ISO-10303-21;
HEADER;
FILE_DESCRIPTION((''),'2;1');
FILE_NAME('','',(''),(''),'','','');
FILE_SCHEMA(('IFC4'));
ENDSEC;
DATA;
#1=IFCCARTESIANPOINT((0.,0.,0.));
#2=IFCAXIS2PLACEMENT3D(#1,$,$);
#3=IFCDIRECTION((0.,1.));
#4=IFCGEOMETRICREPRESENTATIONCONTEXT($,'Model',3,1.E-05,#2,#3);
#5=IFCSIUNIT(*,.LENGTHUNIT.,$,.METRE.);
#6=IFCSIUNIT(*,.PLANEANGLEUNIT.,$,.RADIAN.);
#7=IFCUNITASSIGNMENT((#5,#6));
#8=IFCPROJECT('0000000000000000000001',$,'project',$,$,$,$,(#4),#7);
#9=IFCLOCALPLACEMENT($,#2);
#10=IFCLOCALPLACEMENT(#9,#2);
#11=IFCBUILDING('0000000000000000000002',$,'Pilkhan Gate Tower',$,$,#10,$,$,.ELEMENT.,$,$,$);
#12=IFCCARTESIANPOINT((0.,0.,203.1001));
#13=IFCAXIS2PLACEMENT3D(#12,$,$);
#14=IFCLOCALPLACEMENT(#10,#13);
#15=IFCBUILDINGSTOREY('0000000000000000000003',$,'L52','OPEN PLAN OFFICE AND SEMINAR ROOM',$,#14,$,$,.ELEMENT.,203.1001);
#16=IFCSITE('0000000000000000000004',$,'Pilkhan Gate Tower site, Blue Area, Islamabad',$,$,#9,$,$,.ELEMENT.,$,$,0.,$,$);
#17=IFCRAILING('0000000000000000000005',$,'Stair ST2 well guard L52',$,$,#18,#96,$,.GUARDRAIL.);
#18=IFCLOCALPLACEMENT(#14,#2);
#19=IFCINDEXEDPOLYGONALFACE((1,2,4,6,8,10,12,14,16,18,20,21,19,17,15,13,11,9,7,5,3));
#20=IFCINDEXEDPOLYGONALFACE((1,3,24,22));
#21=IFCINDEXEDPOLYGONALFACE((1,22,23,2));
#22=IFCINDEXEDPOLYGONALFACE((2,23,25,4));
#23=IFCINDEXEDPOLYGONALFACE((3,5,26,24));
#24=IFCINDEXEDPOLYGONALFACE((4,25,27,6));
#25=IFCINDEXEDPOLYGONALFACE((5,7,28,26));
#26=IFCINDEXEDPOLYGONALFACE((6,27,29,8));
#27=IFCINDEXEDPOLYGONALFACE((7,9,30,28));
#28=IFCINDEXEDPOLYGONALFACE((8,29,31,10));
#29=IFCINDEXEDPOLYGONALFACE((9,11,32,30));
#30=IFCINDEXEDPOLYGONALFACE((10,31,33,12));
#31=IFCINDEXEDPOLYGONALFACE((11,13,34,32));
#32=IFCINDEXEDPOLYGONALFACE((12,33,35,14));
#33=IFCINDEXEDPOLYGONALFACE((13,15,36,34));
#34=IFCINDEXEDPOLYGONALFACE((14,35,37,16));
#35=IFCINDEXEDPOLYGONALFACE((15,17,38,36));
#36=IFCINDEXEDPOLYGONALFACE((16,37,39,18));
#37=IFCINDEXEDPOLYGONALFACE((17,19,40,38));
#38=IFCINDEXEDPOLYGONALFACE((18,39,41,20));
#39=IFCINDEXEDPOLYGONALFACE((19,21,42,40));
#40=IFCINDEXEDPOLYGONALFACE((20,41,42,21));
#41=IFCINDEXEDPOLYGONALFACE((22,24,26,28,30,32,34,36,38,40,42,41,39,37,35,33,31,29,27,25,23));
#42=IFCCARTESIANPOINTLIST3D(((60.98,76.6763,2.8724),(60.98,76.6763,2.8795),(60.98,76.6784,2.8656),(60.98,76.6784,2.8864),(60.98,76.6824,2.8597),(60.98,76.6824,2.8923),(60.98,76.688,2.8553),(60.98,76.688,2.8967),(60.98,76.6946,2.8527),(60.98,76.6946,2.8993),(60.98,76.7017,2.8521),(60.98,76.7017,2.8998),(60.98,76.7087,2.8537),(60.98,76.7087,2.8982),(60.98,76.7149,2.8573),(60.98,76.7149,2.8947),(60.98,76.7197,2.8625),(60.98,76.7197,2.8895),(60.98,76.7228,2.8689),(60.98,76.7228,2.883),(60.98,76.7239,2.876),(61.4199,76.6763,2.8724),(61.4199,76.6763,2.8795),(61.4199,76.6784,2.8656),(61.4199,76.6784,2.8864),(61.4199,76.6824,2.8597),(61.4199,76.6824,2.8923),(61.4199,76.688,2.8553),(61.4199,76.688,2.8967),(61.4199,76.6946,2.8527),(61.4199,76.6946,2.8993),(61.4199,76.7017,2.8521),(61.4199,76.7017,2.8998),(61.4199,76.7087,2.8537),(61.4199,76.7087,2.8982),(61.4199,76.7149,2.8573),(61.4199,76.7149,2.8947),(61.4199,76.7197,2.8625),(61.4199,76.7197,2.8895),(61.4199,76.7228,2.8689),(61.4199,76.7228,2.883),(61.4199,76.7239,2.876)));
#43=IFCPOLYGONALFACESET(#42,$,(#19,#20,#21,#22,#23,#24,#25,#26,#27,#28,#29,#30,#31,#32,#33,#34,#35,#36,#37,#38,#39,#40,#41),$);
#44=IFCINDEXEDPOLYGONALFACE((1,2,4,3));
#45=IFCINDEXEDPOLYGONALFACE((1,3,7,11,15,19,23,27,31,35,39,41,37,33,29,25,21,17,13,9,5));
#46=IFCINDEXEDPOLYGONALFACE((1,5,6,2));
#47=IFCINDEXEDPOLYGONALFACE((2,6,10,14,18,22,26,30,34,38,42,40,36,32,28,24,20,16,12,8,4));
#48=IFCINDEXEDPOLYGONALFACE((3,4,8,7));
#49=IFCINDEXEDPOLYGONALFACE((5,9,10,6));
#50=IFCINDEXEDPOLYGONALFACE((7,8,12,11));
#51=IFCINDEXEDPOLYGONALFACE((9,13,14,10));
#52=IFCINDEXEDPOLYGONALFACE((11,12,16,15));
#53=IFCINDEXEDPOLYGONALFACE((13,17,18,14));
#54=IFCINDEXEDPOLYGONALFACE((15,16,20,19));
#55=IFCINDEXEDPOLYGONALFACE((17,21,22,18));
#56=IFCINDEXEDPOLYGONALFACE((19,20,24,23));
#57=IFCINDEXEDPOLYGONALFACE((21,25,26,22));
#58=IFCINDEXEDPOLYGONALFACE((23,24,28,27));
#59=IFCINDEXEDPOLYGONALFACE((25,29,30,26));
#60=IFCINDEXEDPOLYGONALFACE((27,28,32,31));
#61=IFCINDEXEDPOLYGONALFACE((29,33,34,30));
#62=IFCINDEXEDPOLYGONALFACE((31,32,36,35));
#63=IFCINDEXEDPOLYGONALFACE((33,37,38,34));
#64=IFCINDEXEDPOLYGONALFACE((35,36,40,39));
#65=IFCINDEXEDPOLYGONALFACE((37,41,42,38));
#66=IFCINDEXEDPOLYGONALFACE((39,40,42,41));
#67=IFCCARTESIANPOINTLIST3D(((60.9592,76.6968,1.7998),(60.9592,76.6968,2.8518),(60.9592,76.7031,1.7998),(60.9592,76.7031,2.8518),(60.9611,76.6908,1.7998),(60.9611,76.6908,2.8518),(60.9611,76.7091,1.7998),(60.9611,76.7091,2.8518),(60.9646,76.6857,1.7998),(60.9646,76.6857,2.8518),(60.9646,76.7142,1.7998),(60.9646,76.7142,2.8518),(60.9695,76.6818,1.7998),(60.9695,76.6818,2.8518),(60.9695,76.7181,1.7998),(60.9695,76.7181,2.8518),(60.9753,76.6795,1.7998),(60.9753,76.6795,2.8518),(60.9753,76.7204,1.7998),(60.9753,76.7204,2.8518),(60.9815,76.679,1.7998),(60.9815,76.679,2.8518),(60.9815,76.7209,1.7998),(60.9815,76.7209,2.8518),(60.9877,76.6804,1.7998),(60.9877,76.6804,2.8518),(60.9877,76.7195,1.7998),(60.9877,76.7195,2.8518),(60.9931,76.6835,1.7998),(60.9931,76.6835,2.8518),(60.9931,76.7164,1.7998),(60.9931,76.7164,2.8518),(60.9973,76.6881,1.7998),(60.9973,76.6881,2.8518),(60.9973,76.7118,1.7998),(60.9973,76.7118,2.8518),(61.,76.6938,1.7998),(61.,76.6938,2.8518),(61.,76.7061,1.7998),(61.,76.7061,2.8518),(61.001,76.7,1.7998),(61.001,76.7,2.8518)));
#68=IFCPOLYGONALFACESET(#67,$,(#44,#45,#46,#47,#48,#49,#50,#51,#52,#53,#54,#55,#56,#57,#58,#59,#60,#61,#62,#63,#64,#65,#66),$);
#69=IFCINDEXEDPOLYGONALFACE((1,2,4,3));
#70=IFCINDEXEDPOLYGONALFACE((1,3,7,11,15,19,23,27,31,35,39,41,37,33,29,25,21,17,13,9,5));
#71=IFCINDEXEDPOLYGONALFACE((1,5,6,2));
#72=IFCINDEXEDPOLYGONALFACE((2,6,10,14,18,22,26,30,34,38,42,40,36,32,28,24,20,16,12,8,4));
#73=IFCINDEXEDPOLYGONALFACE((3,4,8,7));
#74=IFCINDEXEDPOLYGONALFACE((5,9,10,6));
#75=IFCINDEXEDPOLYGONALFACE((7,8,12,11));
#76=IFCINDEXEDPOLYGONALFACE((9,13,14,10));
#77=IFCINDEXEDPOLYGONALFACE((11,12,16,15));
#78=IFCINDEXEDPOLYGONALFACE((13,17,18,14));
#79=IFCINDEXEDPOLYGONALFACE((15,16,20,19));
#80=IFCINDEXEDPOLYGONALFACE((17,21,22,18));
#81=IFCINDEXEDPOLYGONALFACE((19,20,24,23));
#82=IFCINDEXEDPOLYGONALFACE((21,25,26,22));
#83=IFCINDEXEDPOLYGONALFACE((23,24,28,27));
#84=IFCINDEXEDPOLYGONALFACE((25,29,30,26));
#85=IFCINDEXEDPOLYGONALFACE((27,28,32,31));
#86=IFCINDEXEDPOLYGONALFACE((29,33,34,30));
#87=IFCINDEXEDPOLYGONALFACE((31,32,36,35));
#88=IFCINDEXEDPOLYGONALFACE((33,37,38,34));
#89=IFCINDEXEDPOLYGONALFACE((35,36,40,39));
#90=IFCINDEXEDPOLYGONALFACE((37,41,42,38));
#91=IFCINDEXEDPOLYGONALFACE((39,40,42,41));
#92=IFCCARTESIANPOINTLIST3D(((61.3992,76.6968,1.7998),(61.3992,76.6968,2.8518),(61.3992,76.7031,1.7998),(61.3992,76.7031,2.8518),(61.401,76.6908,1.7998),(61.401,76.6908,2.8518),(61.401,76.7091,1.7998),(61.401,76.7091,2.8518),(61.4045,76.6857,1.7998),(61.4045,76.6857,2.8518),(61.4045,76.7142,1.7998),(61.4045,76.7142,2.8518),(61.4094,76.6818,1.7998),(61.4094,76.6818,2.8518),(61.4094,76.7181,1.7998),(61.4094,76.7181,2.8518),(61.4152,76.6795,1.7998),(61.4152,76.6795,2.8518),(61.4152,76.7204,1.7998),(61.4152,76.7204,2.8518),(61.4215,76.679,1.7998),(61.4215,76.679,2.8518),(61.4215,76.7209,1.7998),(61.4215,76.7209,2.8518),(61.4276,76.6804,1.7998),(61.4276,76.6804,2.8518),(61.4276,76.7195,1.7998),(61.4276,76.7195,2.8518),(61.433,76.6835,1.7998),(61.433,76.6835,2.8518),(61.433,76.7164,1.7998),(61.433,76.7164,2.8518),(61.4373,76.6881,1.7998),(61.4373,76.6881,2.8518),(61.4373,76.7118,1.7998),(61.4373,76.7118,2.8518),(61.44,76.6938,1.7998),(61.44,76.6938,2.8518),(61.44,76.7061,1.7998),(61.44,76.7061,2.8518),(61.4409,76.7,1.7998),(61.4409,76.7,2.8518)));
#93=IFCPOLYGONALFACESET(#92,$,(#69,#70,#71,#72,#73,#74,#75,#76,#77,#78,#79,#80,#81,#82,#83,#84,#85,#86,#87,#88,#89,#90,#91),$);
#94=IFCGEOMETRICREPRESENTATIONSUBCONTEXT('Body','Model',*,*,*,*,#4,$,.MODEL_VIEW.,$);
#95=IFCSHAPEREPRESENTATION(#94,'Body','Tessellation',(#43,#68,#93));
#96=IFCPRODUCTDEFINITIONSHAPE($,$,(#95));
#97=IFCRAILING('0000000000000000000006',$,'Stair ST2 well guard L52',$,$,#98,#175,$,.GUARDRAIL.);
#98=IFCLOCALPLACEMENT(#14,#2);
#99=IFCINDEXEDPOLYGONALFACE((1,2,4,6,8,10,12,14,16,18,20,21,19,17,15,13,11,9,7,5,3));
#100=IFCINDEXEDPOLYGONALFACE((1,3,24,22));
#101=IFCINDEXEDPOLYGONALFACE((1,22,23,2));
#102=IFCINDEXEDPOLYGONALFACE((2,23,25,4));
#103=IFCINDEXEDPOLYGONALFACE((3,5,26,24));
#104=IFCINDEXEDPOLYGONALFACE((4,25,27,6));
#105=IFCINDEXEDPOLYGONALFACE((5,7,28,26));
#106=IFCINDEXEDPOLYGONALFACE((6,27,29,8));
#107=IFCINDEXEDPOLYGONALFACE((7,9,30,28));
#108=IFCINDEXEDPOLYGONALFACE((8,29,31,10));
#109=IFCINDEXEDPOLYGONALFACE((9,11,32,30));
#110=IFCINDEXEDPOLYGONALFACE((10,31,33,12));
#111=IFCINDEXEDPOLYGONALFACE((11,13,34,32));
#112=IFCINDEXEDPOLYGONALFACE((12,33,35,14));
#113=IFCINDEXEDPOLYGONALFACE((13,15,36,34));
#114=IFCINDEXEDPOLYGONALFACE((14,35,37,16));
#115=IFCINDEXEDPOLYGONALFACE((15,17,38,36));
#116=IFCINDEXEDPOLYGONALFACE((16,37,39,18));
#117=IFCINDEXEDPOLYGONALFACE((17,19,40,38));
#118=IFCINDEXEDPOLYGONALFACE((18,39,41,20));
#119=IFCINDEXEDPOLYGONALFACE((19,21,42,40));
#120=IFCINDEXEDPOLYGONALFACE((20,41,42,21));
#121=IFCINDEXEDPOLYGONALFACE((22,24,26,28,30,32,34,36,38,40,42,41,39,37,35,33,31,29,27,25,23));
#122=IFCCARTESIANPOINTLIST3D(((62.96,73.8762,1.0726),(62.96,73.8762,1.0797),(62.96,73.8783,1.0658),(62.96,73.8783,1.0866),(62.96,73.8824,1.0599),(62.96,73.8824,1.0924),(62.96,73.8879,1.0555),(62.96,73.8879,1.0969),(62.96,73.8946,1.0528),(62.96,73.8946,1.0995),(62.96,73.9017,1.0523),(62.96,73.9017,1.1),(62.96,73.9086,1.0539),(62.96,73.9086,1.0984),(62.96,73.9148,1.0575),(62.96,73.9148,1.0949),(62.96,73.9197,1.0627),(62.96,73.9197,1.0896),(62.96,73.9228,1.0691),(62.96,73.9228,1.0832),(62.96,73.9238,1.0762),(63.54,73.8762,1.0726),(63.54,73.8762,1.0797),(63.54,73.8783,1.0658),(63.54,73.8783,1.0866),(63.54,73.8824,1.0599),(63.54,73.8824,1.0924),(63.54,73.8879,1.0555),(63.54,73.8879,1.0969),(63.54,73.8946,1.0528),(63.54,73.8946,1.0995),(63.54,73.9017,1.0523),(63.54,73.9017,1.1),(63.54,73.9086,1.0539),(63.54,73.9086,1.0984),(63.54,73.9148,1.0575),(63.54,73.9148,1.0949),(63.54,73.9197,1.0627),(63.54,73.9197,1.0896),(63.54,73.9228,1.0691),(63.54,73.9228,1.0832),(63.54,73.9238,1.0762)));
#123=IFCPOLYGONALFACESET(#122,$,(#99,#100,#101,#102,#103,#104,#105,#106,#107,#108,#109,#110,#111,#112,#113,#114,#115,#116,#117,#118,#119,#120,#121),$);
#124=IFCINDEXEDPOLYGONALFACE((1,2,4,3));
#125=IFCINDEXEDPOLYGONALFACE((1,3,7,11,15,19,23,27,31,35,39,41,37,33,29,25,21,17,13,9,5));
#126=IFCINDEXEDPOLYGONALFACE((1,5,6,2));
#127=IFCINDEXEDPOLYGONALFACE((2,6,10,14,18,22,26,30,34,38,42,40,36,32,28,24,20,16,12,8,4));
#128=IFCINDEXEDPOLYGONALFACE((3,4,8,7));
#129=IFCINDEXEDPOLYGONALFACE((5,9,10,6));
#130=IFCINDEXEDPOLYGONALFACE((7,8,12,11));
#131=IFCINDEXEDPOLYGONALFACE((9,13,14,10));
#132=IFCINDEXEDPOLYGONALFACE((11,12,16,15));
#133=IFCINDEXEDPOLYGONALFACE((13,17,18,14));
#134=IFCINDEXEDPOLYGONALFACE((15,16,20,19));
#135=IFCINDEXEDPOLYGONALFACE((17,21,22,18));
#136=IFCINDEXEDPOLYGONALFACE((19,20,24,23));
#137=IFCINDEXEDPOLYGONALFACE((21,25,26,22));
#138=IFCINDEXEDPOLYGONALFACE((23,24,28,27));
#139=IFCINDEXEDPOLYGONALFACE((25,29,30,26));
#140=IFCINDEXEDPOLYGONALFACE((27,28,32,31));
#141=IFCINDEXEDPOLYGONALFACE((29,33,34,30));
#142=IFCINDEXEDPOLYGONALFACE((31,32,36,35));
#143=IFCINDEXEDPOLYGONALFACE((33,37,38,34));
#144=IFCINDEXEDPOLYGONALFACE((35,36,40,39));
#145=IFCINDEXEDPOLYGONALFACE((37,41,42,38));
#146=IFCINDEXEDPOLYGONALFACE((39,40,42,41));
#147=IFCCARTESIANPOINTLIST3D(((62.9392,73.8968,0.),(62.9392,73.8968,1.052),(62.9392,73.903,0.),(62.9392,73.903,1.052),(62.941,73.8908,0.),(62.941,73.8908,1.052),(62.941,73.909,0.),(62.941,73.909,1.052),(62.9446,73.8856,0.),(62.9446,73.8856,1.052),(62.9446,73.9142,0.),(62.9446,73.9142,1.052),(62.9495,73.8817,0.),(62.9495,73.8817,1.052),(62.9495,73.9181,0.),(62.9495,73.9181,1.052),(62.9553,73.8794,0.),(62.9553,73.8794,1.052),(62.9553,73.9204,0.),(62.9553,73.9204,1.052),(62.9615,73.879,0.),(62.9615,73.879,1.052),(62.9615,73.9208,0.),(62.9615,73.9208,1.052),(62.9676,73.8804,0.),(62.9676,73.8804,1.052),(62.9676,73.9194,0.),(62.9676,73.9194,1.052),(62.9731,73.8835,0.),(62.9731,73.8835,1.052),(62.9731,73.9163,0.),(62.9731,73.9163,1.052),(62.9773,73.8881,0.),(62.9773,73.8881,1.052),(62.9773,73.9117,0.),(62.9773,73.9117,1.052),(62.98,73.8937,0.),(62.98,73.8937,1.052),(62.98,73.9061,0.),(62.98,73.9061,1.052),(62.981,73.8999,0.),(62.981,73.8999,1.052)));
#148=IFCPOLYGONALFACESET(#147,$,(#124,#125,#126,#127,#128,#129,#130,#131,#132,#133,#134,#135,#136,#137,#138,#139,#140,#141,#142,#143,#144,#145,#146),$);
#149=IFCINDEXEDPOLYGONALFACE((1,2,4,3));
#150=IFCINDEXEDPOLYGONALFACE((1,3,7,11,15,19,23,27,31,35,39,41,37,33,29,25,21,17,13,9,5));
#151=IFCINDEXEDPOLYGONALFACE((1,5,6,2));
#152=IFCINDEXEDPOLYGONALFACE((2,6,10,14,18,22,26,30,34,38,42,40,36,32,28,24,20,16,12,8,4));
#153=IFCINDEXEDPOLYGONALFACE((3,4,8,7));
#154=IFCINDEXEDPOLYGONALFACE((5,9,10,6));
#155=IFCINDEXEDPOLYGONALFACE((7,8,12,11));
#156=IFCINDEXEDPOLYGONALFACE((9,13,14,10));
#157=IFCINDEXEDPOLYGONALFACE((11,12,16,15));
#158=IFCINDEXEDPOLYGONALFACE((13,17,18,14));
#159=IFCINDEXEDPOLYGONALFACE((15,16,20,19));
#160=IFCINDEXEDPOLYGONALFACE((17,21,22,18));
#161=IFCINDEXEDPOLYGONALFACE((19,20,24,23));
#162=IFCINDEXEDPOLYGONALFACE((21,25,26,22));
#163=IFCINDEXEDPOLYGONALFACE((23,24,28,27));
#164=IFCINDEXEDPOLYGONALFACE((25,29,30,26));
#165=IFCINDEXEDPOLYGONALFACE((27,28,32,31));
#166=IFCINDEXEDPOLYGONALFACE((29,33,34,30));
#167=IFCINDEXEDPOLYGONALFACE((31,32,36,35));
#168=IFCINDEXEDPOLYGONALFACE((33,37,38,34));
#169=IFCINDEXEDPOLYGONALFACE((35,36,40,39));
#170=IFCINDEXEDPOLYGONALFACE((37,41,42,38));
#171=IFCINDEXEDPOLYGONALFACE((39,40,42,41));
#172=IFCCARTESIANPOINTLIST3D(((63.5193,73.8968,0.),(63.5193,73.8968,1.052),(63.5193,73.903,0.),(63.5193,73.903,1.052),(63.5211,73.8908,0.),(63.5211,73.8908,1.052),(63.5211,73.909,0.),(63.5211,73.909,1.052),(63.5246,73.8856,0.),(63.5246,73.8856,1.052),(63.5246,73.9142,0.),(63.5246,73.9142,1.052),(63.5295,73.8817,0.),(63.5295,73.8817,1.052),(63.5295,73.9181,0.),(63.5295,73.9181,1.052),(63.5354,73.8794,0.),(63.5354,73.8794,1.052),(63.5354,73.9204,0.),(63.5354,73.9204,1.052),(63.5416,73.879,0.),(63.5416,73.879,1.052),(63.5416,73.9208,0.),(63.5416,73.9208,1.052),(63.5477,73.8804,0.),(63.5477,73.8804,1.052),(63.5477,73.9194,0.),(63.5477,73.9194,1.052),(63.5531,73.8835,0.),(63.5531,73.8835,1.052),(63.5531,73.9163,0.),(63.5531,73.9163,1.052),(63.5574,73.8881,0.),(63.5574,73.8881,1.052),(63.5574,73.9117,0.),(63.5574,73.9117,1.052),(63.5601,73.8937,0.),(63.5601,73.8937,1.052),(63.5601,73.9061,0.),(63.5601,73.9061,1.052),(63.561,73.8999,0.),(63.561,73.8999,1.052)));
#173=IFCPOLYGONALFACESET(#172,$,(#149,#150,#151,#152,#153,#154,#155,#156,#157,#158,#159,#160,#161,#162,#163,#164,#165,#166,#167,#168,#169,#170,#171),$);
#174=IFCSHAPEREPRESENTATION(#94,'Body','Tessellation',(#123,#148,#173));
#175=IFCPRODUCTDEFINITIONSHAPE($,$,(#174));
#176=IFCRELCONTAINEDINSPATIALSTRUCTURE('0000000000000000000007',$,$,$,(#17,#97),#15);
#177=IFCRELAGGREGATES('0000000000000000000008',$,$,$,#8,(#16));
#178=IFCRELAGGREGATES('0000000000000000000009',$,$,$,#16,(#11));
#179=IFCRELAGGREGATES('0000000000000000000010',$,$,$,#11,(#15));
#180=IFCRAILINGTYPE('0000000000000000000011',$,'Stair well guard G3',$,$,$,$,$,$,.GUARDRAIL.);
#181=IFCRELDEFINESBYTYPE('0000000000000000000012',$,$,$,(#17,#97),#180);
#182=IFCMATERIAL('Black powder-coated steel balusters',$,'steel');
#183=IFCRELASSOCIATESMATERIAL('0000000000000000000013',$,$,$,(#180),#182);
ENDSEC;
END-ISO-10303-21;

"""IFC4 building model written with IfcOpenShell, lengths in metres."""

from ifc_helpers import new_model, si_unit, direction, frame, origin, origin_2d, place, context, subcontext, project, spatial, circle, extrude, material, type_object, element, save


model = new_model("IFC4")

# Units and contexts
model_context = context("Model", 3, precision=1e-05, world=origin(), true_north=direction((0.0, 1.0)))
body_context = subcontext(model_context, "Body", "Model", "MODEL_VIEW")
ifc_project = project(units=[si_unit("LENGTHUNIT", "METRE"), si_unit("PLANEANGLEUNIT", "RADIAN")], contexts=[model_context])

# Site, building, storey
site_placement = place(None, origin())
site = spatial("IfcSite", under=ifc_project, at=site_placement, Name="Pilkhan Gate Tower site, Blue Area, Islamabad", CompositionType="ELEMENT", RefElevation=0.0)
building_placement = place(site_placement, origin())
building = spatial("IfcBuilding", under=site, at=building_placement, Name="Pilkhan Gate Tower", CompositionType="ELEMENT")
storey_placement = place(building_placement, frame((0.0, 0.0, 203.1001)))
storey = spatial("IfcBuildingStorey", under=building, at=storey_placement, Name="L52", Description="OPEN PLAN OFFICE AND SEMINAR ROOM", CompositionType="ELEMENT", Elevation=203.1001)

# Railings
ifc_material_1 = material(Name="Black powder-coated steel balusters", Category="steel")
railing_type_1 = type_object("IfcRailingType", Name="Stair well guard G3", PredefinedType="GUARDRAIL", material=ifc_material_1)
railing_placement = place(storey_placement, frame((60.98, 76.7, 1.7998)))
element("IfcRailing", 1, at=railing_placement, inside=storey, type_object=railing_type_1, Name="Stair ST2 well guard L52", PredefinedType="GUARDRAIL", context=body_context, shape_type="SweptSolid", body=[
    extrude(circle(Radius=0.0239, at=origin_2d()), frame((0.0, 0.0, 1.0762), z_axis=(1.0, 0.0, 0.0), x_axis=(0.0, 1.0, 0.0)), (0.0, 0.0, 1.0), 0.4399),
    extrude(circle(Radius=0.021, at=origin_2d()), origin(), (0.0, 0.0, 1.0), 1.052),
    extrude(circle(Radius=0.021, at=origin_2d()), frame((0.4399, 0.0, 0.0)), (0.0, 0.0, 1.0), 1.052),
])
for number, where, name in (
    (2, (62.96, 73.8999, 0.0), "Stair ST2 well guard L52"),
):
    element("IfcRailing", number, at=place(storey_placement, frame(where)), inside=storey, type_object=railing_type_1, Name=name, PredefinedType="GUARDRAIL", context=body_context, shape_type="SweptSolid", body=[
        extrude(circle(Radius=0.0239, at=origin_2d()), frame((0.0, 0.0, 1.0762), z_axis=(1.0, 0.0, 0.0), x_axis=(0.0, 1.0, 0.0)), (0.0, 0.0, 1.0), 0.5801),
        extrude(circle(Radius=0.021, at=origin_2d()), origin(), (0.0, 0.0, 1.0), 1.052),
        extrude(circle(Radius=0.021, at=origin_2d()), frame((0.5801, 0.0, 0.0)), (0.0, 0.0, 1.0), 1.052),
    ])

save(model, "model.ifc")
